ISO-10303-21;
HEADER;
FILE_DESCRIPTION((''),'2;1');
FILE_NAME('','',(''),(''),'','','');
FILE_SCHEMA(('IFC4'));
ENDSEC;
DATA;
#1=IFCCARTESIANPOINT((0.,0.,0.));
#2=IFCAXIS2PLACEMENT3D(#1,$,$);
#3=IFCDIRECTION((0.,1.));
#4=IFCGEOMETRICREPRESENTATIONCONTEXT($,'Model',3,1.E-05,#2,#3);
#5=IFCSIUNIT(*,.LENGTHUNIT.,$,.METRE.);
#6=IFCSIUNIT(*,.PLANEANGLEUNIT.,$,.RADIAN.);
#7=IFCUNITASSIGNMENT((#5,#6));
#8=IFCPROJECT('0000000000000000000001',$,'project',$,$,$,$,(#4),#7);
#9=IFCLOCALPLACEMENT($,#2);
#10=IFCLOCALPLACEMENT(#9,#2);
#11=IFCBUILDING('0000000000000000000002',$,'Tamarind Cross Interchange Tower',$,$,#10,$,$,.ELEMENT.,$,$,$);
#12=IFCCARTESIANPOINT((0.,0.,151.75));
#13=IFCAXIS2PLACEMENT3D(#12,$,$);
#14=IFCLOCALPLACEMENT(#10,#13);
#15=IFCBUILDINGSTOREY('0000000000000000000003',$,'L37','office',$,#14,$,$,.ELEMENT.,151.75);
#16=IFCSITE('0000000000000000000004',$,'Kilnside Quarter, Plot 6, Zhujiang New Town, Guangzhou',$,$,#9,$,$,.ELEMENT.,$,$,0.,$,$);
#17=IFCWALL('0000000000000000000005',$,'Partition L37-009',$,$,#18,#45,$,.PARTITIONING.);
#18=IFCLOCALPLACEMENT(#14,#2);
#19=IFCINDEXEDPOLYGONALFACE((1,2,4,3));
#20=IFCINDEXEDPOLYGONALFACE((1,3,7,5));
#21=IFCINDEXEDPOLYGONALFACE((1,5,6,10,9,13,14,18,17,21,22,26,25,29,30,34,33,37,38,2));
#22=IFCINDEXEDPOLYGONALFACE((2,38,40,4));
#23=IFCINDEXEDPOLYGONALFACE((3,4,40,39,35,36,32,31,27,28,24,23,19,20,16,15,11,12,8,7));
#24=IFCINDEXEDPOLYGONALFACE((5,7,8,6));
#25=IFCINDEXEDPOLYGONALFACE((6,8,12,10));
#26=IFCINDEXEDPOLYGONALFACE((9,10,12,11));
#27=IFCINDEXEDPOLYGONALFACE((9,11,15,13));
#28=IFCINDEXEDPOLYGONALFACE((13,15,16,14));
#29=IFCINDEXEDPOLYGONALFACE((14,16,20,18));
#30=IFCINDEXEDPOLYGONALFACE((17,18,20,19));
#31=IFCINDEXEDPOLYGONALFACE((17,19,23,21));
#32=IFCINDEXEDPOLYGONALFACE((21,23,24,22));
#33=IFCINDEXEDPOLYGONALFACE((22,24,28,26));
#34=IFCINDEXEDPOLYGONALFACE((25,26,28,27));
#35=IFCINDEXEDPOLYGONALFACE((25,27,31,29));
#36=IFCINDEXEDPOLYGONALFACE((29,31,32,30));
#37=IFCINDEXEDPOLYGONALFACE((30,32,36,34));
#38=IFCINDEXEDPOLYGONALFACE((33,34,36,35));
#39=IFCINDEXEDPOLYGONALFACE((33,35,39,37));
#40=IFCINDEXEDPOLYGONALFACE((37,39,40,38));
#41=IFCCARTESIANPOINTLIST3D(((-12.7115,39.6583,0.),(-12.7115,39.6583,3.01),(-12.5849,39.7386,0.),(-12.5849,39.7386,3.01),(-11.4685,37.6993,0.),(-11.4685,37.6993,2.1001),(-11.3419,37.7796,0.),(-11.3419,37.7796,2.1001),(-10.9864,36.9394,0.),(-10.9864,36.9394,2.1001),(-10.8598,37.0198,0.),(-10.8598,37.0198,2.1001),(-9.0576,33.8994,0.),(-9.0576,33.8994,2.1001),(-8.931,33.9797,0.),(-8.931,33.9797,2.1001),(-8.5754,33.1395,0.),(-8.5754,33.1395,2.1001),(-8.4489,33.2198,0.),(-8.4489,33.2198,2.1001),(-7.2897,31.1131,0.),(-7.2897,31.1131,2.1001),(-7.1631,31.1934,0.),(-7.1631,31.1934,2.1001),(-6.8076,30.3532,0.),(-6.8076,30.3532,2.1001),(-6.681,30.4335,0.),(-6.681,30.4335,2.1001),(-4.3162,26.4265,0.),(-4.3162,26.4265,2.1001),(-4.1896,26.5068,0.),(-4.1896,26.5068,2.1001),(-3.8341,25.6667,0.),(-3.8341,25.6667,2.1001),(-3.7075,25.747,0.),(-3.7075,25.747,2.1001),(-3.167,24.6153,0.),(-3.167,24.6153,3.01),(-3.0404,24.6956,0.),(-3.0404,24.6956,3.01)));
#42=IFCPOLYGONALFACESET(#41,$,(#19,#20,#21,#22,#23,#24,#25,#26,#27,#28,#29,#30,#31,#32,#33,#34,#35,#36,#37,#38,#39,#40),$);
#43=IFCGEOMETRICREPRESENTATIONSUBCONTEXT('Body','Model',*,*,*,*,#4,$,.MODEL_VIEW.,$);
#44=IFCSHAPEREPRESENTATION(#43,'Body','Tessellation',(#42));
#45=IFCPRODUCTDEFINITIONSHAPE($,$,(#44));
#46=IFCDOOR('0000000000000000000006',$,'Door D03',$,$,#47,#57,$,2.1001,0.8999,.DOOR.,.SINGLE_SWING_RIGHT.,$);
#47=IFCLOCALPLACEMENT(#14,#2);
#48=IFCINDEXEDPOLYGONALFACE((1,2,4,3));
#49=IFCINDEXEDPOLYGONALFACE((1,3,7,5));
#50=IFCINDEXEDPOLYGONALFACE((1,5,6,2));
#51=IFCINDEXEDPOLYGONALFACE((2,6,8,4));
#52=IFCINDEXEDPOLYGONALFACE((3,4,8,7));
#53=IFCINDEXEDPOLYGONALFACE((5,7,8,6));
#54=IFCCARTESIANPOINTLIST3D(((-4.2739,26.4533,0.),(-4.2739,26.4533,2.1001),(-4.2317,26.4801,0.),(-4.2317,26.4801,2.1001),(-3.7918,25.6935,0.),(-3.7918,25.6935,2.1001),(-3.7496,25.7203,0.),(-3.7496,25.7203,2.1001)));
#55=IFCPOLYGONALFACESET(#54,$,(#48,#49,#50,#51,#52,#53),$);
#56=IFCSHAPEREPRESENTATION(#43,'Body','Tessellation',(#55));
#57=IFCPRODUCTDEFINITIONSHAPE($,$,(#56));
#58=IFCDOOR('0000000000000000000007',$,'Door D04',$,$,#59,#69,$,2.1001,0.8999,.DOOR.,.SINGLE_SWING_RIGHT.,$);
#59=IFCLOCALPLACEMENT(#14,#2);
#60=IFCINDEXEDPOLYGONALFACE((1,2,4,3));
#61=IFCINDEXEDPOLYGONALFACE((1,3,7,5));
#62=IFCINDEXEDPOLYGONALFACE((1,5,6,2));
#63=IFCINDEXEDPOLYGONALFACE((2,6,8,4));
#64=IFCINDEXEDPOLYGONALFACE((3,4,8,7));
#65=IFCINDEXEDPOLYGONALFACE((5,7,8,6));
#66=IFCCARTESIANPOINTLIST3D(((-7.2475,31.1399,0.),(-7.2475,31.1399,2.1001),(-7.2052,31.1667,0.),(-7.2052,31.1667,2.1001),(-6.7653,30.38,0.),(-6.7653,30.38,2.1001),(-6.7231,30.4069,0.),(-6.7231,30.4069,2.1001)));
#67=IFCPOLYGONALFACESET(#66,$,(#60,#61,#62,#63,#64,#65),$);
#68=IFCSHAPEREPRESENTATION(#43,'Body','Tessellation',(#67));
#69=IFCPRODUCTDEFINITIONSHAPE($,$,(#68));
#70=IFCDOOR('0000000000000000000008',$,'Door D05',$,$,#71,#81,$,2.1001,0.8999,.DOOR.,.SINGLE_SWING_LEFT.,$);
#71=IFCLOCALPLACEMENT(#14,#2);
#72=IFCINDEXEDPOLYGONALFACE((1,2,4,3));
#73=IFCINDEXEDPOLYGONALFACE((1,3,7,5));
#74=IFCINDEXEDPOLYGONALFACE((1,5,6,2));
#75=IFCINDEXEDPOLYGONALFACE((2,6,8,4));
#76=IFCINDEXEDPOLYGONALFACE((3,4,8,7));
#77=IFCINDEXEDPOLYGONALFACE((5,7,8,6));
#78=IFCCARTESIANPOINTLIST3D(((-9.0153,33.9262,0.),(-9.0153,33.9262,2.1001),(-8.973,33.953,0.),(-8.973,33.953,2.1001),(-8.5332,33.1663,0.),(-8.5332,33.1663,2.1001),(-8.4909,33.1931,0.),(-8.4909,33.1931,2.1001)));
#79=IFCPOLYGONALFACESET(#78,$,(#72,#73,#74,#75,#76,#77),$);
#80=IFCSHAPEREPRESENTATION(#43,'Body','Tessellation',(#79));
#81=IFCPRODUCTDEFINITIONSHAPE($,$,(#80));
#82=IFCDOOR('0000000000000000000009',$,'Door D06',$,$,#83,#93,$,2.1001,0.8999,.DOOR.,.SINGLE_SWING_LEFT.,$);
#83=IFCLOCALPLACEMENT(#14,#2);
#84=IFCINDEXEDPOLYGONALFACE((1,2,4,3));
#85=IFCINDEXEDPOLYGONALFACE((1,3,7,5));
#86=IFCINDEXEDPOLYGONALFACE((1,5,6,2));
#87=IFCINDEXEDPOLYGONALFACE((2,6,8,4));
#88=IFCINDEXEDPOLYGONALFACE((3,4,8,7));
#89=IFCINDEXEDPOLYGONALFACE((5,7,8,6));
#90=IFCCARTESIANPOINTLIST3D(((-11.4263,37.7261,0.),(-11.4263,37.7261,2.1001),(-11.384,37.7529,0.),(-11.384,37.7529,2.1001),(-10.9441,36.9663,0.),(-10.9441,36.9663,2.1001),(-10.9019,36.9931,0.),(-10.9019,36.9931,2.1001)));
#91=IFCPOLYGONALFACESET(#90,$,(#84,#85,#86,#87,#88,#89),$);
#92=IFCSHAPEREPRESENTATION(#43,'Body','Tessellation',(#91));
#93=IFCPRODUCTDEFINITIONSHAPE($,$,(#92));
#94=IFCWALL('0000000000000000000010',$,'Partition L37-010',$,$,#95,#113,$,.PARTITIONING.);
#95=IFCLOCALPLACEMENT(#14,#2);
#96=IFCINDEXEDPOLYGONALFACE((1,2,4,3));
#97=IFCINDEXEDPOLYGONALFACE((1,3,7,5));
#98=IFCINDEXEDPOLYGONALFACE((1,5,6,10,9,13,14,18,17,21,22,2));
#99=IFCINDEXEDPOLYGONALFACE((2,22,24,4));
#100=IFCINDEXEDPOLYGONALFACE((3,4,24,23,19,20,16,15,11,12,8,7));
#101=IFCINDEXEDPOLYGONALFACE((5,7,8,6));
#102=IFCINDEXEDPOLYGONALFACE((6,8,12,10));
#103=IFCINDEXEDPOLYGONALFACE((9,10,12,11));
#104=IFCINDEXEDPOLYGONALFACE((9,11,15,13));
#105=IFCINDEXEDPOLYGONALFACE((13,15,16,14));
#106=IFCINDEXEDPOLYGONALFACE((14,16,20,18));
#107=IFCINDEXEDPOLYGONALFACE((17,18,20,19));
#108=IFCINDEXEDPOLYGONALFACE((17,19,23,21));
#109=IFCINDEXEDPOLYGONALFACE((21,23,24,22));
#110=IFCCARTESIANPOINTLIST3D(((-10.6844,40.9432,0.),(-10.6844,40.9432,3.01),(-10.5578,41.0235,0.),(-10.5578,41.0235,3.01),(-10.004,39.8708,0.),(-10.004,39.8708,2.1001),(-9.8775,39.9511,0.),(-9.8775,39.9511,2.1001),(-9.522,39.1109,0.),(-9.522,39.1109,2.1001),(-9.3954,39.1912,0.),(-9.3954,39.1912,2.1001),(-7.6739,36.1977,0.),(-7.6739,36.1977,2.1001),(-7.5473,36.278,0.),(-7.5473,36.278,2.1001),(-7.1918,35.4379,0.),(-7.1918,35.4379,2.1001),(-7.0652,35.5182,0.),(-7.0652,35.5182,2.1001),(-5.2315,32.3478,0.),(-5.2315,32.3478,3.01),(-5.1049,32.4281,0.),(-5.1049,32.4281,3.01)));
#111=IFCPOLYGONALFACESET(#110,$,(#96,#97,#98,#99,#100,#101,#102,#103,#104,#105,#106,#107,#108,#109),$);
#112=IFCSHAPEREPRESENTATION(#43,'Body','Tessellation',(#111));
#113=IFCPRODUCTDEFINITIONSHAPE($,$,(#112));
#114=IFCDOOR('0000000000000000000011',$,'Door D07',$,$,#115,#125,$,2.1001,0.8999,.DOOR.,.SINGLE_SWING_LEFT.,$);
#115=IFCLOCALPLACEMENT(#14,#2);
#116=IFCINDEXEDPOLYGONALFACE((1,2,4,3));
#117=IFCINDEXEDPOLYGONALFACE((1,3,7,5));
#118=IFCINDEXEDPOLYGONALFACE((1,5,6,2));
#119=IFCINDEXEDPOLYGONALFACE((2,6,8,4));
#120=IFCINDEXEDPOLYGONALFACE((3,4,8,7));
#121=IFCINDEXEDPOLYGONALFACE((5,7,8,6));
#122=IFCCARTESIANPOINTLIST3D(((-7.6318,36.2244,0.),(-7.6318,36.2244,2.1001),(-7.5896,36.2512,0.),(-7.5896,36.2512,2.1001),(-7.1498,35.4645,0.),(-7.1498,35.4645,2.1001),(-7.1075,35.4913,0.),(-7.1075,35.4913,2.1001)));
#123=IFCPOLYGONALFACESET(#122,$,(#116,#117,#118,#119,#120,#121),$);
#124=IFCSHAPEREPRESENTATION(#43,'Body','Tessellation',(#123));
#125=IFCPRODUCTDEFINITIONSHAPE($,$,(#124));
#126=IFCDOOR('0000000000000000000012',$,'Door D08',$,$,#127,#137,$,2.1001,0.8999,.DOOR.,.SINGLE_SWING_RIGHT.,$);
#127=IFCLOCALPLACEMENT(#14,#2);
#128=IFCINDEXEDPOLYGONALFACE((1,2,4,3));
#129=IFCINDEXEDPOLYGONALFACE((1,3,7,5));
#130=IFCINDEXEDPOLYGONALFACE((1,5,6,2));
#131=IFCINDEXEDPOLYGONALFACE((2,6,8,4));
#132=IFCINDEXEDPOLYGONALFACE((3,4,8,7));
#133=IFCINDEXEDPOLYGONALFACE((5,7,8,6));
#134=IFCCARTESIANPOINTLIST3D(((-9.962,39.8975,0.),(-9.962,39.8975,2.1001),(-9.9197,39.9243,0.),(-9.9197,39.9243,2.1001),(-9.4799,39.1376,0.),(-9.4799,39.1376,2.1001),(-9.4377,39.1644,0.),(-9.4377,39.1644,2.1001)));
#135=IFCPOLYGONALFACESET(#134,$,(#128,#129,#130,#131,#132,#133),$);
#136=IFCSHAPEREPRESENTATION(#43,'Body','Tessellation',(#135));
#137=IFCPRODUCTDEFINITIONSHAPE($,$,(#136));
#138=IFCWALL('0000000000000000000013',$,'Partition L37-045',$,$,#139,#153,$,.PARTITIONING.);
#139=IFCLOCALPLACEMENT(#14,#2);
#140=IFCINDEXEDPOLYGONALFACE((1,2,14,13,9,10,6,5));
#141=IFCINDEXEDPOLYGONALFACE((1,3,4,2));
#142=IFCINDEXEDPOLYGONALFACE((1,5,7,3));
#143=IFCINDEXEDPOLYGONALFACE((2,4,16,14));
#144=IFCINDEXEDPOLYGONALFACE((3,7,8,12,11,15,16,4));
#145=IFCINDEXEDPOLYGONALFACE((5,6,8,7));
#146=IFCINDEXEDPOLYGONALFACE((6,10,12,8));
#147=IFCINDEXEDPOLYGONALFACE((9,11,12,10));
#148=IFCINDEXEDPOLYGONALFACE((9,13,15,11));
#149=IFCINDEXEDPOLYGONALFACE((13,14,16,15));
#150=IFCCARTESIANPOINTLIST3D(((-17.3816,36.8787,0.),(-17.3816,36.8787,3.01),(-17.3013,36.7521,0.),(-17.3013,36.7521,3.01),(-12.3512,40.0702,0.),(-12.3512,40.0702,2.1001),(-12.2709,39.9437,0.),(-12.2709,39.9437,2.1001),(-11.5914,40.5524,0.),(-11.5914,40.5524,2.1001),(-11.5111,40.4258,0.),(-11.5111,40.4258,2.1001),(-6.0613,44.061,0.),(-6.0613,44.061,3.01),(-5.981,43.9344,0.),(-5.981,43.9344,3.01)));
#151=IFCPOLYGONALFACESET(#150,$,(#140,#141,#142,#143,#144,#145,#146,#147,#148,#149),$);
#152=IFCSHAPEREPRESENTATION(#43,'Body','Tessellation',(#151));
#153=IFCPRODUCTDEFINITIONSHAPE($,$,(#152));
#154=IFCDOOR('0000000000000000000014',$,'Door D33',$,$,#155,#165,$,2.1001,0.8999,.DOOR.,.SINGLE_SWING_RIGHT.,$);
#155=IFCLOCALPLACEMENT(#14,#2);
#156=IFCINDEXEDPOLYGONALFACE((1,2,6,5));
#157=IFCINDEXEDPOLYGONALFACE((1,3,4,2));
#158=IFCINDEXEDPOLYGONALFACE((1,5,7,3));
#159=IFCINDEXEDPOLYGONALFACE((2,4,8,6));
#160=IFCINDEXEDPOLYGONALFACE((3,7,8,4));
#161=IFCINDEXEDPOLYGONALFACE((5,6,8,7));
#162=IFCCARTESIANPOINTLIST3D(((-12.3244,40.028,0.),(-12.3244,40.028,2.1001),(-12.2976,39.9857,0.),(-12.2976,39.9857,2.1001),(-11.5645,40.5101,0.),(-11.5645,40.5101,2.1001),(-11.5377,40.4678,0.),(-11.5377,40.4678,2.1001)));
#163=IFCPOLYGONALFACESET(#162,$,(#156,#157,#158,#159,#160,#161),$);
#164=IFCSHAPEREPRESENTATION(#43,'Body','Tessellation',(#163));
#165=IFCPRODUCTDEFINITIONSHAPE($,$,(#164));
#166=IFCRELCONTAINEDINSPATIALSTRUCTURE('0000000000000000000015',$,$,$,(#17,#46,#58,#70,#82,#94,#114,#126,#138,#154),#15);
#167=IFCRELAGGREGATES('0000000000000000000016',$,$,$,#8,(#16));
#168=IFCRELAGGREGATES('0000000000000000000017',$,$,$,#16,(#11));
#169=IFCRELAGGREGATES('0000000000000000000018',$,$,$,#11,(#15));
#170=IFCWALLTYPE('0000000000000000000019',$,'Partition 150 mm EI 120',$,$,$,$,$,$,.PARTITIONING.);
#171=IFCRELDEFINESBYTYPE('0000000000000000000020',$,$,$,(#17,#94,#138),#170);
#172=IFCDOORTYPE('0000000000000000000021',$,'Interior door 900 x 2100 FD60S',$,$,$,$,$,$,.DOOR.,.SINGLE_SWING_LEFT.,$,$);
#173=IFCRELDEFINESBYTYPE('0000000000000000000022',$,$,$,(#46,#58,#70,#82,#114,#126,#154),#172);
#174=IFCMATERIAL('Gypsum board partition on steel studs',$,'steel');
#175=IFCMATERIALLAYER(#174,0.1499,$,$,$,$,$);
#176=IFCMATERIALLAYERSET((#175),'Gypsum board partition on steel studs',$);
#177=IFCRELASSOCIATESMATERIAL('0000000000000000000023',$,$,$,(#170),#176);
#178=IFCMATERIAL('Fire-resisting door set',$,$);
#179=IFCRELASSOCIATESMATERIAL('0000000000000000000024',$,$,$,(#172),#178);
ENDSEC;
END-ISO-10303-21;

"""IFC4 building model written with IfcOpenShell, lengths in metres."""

from ifc_helpers import new_model, si_unit, direction, frame, frame_2d, origin, place, context, subcontext, project, spatial, rectangle, extrude, material, layer, layer_set, type_object, element, fill, save


model = new_model("IFC4")

# Units and contexts
model_context = context("Model", 3, precision=1e-05, world=origin(), true_north=direction((0.0, 1.0)))
body_context = subcontext(model_context, "Body", "Model", "MODEL_VIEW")
ifc_project = project(units=[si_unit("LENGTHUNIT", "METRE"), si_unit("PLANEANGLEUNIT", "RADIAN")], contexts=[model_context])

# Site, building, storey
site_placement = place(None, origin())
site = spatial("IfcSite", under=ifc_project, at=site_placement, Name="Kilnside Quarter, Plot 6, Zhujiang New Town, Guangzhou", CompositionType="ELEMENT", RefElevation=0.0)
building_placement = place(site_placement, origin())
building = spatial("IfcBuilding", under=site, at=building_placement, Name="Tamarind Cross Interchange Tower", CompositionType="ELEMENT")
storey_placement = place(building_placement, frame((0.0, 0.0, 151.75)))
storey = spatial("IfcBuildingStorey", under=building, at=storey_placement, Name="L37", Description="office", CompositionType="ELEMENT", Elevation=151.75)

# Shared definitions
ifc_material_1 = material(Name="Gypsum board partition on steel studs", Category="steel")

# Walls, openings, doors
ifc_layer_1 = layer(ifc_material_1, 0.1499)
ifc_layer_set_1 = layer_set([ifc_layer_1], Name="Gypsum board partition on steel studs")
wall_type_1 = type_object("IfcWallType", Name="Partition 150 mm EI 120", PredefinedType="PARTITIONING", material=ifc_layer_set_1)
wall_1_placement = place(storey_placement, frame((-12.6482, 39.6985, 0.0), z_axis=(0.0, 0.0, 1.0), x_axis=(0.535742, -0.844382, 0.0)))
wall_1 = element("IfcWall", 1, at=wall_1_placement, inside=storey, type_object=wall_type_1, Name="Partition L37-009", PredefinedType="PARTITIONING", context=body_context, shape_type="SweptSolid", body=[
    extrude(rectangle(XDim=17.8154, YDim=0.1499, at=frame_2d((8.9077, 0.0))), origin(), (0.0, 0.0, 1.0), 3.01),
])
opening_1_placement = place(wall_1_placement, frame((15.6704, 0.0, 0.0)))
opening_1 = element("IfcOpeningElement", 2, at=opening_1_placement, cuts=wall_1, PredefinedType="OPENING", context=body_context, shape_type="SweptSolid", body=[
    extrude(rectangle(XDim=0.8999, YDim=2.1001, at=frame_2d((0.45, 1.05))), frame((0.0, 0.085, 0.0), z_axis=(0.0, -1.0, 0.0), x_axis=(1.0, 0.0, 0.0)), (0.0, 0.0, 1.0), 0.1699),
])
opening_2_placement = place(wall_1_placement, frame((10.1201, 0.0, 0.0)))
opening_2 = element("IfcOpeningElement", 3, at=opening_2_placement, cuts=wall_1, PredefinedType="OPENING", context=body_context, shape_type="SweptSolid", body=[
    extrude(rectangle(XDim=0.8999, YDim=2.1001, at=frame_2d((0.45, 1.05))), frame((0.0, 0.085, 0.0), z_axis=(0.0, -1.0, 0.0), x_axis=(1.0, 0.0, 0.0)), (0.0, 0.0, 1.0), 0.1699),
])
opening_3_placement = place(wall_1_placement, frame((6.8203, 0.0, 0.0)))
opening_3 = element("IfcOpeningElement", 4, at=opening_3_placement, cuts=wall_1, PredefinedType="OPENING", context=body_context, shape_type="SweptSolid", body=[
    extrude(rectangle(XDim=0.8999, YDim=2.1001, at=frame_2d((0.45, 1.05))), frame((0.0, 0.085, 0.0), z_axis=(0.0, -1.0, 0.0), x_axis=(1.0, 0.0, 0.0)), (0.0, 0.0, 1.0), 0.1699),
])
opening_4_placement = place(wall_1_placement, frame((2.3201, 0.0, 0.0)))
opening_4 = element("IfcOpeningElement", 5, at=opening_4_placement, cuts=wall_1, PredefinedType="OPENING", context=body_context, shape_type="SweptSolid", body=[
    extrude(rectangle(XDim=0.8999, YDim=2.1001, at=frame_2d((0.45, 1.05))), frame((0.0, 0.085, 0.0), z_axis=(0.0, -1.0, 0.0), x_axis=(1.0, 0.0, 0.0)), (0.0, 0.0, 1.0), 0.1699),
])
ifc_material_2 = material(Name="Fire-resisting door set")
door_type = type_object("IfcDoorType", Name="Interior door 900 x 2100 FD60S", OperationType="SINGLE_SWING_LEFT", PredefinedType="DOOR", material=ifc_material_2)
door_1_placement = place(opening_1_placement, frame((0.8999, 0.0, 0.0), z_axis=(0.0, 0.0, 1.0), x_axis=(-1.0, 0.0, 0.0)))
door_1 = element("IfcDoor", 6, at=door_1_placement, inside=storey, type_object=door_type, Name="Door D03", OperationType="SINGLE_SWING_RIGHT", OverallHeight=2.1001, OverallWidth=0.8999, PredefinedType="DOOR", context=body_context, shape_type="SweptSolid", body=[
    extrude(rectangle(XDim=0.8999, YDim=2.1001, at=frame_2d((0.45, 1.05))), frame((0.0, 0.0249, 0.0), z_axis=(0.0, -1.0, 0.0), x_axis=(1.0, 0.0, 0.0)), (0.0, 0.0, 1.0), 0.05),
])
fill(opening_1, door_1)
door_2_placement = place(opening_2_placement, frame((0.8999, 0.0, 0.0), z_axis=(0.0, 0.0, 1.0), x_axis=(-1.0, 0.0, 0.0)))
door_2 = element("IfcDoor", 7, at=door_2_placement, inside=storey, type_object=door_type, Name="Door D04", OperationType="SINGLE_SWING_RIGHT", OverallHeight=2.1001, OverallWidth=0.8999, PredefinedType="DOOR", context=body_context, shape_type="SweptSolid", body=[
    extrude(rectangle(XDim=0.8999, YDim=2.1001, at=frame_2d((0.45, 1.05))), frame((0.0, 0.0249, 0.0), z_axis=(0.0, -1.0, 0.0), x_axis=(1.0, 0.0, 0.0)), (0.0, 0.0, 1.0), 0.05),
])
fill(opening_2, door_2)
door_3_placement = place(opening_3_placement, frame((0.8999, 0.0, 0.0), z_axis=(0.0, 0.0, 1.0), x_axis=(-1.0, 0.0, 0.0)))
door_3 = element("IfcDoor", 8, at=door_3_placement, inside=storey, type_object=door_type, Name="Door D05", OperationType="SINGLE_SWING_LEFT", OverallHeight=2.1001, OverallWidth=0.8999, PredefinedType="DOOR", context=body_context, shape_type="SweptSolid", body=[
    extrude(rectangle(XDim=0.8999, YDim=2.1001, at=frame_2d((0.45, 1.05))), frame((0.0, 0.0249, 0.0), z_axis=(0.0, -1.0, 0.0), x_axis=(1.0, 0.0, 0.0)), (0.0, 0.0, 1.0), 0.05),
])
fill(opening_3, door_3)
door_4_placement = place(opening_4_placement, frame((0.8999, 0.0, 0.0), z_axis=(0.0, 0.0, 1.0), x_axis=(-1.0, 0.0, 0.0)))
door_4 = element("IfcDoor", 9, at=door_4_placement, inside=storey, type_object=door_type, Name="Door D06", OperationType="SINGLE_SWING_LEFT", OverallHeight=2.1001, OverallWidth=0.8999, PredefinedType="DOOR", context=body_context, shape_type="SweptSolid", body=[
    extrude(rectangle(XDim=0.8999, YDim=2.1001, at=frame_2d((0.45, 1.05))), frame((0.0, 0.0249, 0.0), z_axis=(0.0, -1.0, 0.0), x_axis=(1.0, 0.0, 0.0)), (0.0, 0.0, 1.0), 0.05),
])
fill(opening_4, door_4)
wall_2_placement = place(storey_placement, frame((-10.6211, 40.9834, 0.0), z_axis=(0.0, 0.0, 1.0), x_axis=(0.535689, -0.844415, 0.0)))
wall_2 = element("IfcWall", 10, at=wall_2_placement, inside=storey, type_object=wall_type_1, Name="Partition L37-010", PredefinedType="PARTITIONING", context=body_context, shape_type="SweptSolid", body=[
    extrude(rectangle(XDim=10.1792, YDim=0.1499, at=frame_2d((5.0896, 0.0))), origin(), (0.0, 0.0, 1.0), 3.01),
])
opening_5_placement = place(wall_2_placement, frame((5.6199, 0.0, 0.0)))
opening_5 = element("IfcOpeningElement", 11, at=opening_5_placement, cuts=wall_2, PredefinedType="OPENING", context=body_context, shape_type="SweptSolid", body=[
    extrude(rectangle(XDim=0.8999, YDim=2.1001, at=frame_2d((0.45, 1.05))), frame((0.0, 0.085, 0.0), z_axis=(0.0, -1.0, 0.0), x_axis=(1.0, 0.0, 0.0)), (0.0, 0.0, 1.0), 0.1699),
])
opening_6_placement = place(wall_2_placement, frame((1.27, 0.0, 0.0)))
opening_6 = element("IfcOpeningElement", 12, at=opening_6_placement, cuts=wall_2, PredefinedType="OPENING", context=body_context, shape_type="SweptSolid", body=[
    extrude(rectangle(XDim=0.8999, YDim=2.1001, at=frame_2d((0.45, 1.05))), frame((0.0, 0.085, 0.0), z_axis=(0.0, -1.0, 0.0), x_axis=(1.0, 0.0, 0.0)), (0.0, 0.0, 1.0), 0.1699),
])
door_5_placement = place(opening_5_placement, origin())
door_5 = element("IfcDoor", 13, at=door_5_placement, inside=storey, type_object=door_type, Name="Door D07", OperationType="SINGLE_SWING_LEFT", OverallHeight=2.1001, OverallWidth=0.8999, PredefinedType="DOOR", context=body_context, shape_type="SweptSolid", body=[
    extrude(rectangle(XDim=0.8999, YDim=2.1001, at=frame_2d((0.45, 1.05))), frame((0.0, 0.0249, 0.0), z_axis=(0.0, -1.0, 0.0), x_axis=(1.0, 0.0, 0.0)), (0.0, 0.0, 1.0), 0.05),
])
fill(opening_5, door_5)
door_6_placement = place(opening_6_placement, origin())
door_6 = element("IfcDoor", 14, at=door_6_placement, inside=storey, type_object=door_type, Name="Door D08", OperationType="SINGLE_SWING_RIGHT", OverallHeight=2.1001, OverallWidth=0.8999, PredefinedType="DOOR", context=body_context, shape_type="SweptSolid", body=[
    extrude(rectangle(XDim=0.8999, YDim=2.1001, at=frame_2d((0.45, 1.05))), frame((0.0, 0.0249, 0.0), z_axis=(0.0, -1.0, 0.0), x_axis=(1.0, 0.0, 0.0)), (0.0, 0.0, 1.0), 0.05),
])
fill(opening_6, door_6)

# Wall, opening, door
wall_3_placement = place(storey_placement, frame((-17.3413, 36.8154, 0.0), z_axis=(0.0, 0.0, 1.0), x_axis=(0.844386, 0.535736, 0.0)))
wall_3 = element("IfcWall", 15, at=wall_3_placement, inside=storey, type_object=wall_type_1, Name="Partition L37-045", PredefinedType="PARTITIONING", context=body_context, shape_type="SweptSolid", body=[
    extrude(rectangle(XDim=13.4065, YDim=0.1499, at=frame_2d((6.7031, 0.0))), origin(), (0.0, 0.0, 1.0), 3.01),
])
opening_7_placement = place(wall_3_placement, frame((5.9573, 0.0, 0.0)))
opening_7 = element("IfcOpeningElement", 16, at=opening_7_placement, cuts=wall_3, PredefinedType="OPENING", context=body_context, shape_type="SweptSolid", body=[
    extrude(rectangle(XDim=0.8999, YDim=2.1001, at=frame_2d((0.45, 1.05))), frame((0.0, 0.085, 0.0), z_axis=(0.0, -1.0, 0.0), x_axis=(1.0, 0.0, 0.0)), (0.0, 0.0, 1.0), 0.1699),
])
door_7_placement = place(opening_7_placement, origin())
door_7 = element("IfcDoor", 17, at=door_7_placement, inside=storey, type_object=door_type, Name="Door D33", OperationType="SINGLE_SWING_RIGHT", OverallHeight=2.1001, OverallWidth=0.8999, PredefinedType="DOOR", context=body_context, shape_type="SweptSolid", body=[
    extrude(rectangle(XDim=0.8999, YDim=2.1001, at=frame_2d((0.45, 1.05))), frame((0.0, 0.0249, 0.0), z_axis=(0.0, -1.0, 0.0), x_axis=(1.0, 0.0, 0.0)), (0.0, 0.0, 1.0), 0.05),
])
fill(opening_7, door_7)

save(model, "model.ifc")
